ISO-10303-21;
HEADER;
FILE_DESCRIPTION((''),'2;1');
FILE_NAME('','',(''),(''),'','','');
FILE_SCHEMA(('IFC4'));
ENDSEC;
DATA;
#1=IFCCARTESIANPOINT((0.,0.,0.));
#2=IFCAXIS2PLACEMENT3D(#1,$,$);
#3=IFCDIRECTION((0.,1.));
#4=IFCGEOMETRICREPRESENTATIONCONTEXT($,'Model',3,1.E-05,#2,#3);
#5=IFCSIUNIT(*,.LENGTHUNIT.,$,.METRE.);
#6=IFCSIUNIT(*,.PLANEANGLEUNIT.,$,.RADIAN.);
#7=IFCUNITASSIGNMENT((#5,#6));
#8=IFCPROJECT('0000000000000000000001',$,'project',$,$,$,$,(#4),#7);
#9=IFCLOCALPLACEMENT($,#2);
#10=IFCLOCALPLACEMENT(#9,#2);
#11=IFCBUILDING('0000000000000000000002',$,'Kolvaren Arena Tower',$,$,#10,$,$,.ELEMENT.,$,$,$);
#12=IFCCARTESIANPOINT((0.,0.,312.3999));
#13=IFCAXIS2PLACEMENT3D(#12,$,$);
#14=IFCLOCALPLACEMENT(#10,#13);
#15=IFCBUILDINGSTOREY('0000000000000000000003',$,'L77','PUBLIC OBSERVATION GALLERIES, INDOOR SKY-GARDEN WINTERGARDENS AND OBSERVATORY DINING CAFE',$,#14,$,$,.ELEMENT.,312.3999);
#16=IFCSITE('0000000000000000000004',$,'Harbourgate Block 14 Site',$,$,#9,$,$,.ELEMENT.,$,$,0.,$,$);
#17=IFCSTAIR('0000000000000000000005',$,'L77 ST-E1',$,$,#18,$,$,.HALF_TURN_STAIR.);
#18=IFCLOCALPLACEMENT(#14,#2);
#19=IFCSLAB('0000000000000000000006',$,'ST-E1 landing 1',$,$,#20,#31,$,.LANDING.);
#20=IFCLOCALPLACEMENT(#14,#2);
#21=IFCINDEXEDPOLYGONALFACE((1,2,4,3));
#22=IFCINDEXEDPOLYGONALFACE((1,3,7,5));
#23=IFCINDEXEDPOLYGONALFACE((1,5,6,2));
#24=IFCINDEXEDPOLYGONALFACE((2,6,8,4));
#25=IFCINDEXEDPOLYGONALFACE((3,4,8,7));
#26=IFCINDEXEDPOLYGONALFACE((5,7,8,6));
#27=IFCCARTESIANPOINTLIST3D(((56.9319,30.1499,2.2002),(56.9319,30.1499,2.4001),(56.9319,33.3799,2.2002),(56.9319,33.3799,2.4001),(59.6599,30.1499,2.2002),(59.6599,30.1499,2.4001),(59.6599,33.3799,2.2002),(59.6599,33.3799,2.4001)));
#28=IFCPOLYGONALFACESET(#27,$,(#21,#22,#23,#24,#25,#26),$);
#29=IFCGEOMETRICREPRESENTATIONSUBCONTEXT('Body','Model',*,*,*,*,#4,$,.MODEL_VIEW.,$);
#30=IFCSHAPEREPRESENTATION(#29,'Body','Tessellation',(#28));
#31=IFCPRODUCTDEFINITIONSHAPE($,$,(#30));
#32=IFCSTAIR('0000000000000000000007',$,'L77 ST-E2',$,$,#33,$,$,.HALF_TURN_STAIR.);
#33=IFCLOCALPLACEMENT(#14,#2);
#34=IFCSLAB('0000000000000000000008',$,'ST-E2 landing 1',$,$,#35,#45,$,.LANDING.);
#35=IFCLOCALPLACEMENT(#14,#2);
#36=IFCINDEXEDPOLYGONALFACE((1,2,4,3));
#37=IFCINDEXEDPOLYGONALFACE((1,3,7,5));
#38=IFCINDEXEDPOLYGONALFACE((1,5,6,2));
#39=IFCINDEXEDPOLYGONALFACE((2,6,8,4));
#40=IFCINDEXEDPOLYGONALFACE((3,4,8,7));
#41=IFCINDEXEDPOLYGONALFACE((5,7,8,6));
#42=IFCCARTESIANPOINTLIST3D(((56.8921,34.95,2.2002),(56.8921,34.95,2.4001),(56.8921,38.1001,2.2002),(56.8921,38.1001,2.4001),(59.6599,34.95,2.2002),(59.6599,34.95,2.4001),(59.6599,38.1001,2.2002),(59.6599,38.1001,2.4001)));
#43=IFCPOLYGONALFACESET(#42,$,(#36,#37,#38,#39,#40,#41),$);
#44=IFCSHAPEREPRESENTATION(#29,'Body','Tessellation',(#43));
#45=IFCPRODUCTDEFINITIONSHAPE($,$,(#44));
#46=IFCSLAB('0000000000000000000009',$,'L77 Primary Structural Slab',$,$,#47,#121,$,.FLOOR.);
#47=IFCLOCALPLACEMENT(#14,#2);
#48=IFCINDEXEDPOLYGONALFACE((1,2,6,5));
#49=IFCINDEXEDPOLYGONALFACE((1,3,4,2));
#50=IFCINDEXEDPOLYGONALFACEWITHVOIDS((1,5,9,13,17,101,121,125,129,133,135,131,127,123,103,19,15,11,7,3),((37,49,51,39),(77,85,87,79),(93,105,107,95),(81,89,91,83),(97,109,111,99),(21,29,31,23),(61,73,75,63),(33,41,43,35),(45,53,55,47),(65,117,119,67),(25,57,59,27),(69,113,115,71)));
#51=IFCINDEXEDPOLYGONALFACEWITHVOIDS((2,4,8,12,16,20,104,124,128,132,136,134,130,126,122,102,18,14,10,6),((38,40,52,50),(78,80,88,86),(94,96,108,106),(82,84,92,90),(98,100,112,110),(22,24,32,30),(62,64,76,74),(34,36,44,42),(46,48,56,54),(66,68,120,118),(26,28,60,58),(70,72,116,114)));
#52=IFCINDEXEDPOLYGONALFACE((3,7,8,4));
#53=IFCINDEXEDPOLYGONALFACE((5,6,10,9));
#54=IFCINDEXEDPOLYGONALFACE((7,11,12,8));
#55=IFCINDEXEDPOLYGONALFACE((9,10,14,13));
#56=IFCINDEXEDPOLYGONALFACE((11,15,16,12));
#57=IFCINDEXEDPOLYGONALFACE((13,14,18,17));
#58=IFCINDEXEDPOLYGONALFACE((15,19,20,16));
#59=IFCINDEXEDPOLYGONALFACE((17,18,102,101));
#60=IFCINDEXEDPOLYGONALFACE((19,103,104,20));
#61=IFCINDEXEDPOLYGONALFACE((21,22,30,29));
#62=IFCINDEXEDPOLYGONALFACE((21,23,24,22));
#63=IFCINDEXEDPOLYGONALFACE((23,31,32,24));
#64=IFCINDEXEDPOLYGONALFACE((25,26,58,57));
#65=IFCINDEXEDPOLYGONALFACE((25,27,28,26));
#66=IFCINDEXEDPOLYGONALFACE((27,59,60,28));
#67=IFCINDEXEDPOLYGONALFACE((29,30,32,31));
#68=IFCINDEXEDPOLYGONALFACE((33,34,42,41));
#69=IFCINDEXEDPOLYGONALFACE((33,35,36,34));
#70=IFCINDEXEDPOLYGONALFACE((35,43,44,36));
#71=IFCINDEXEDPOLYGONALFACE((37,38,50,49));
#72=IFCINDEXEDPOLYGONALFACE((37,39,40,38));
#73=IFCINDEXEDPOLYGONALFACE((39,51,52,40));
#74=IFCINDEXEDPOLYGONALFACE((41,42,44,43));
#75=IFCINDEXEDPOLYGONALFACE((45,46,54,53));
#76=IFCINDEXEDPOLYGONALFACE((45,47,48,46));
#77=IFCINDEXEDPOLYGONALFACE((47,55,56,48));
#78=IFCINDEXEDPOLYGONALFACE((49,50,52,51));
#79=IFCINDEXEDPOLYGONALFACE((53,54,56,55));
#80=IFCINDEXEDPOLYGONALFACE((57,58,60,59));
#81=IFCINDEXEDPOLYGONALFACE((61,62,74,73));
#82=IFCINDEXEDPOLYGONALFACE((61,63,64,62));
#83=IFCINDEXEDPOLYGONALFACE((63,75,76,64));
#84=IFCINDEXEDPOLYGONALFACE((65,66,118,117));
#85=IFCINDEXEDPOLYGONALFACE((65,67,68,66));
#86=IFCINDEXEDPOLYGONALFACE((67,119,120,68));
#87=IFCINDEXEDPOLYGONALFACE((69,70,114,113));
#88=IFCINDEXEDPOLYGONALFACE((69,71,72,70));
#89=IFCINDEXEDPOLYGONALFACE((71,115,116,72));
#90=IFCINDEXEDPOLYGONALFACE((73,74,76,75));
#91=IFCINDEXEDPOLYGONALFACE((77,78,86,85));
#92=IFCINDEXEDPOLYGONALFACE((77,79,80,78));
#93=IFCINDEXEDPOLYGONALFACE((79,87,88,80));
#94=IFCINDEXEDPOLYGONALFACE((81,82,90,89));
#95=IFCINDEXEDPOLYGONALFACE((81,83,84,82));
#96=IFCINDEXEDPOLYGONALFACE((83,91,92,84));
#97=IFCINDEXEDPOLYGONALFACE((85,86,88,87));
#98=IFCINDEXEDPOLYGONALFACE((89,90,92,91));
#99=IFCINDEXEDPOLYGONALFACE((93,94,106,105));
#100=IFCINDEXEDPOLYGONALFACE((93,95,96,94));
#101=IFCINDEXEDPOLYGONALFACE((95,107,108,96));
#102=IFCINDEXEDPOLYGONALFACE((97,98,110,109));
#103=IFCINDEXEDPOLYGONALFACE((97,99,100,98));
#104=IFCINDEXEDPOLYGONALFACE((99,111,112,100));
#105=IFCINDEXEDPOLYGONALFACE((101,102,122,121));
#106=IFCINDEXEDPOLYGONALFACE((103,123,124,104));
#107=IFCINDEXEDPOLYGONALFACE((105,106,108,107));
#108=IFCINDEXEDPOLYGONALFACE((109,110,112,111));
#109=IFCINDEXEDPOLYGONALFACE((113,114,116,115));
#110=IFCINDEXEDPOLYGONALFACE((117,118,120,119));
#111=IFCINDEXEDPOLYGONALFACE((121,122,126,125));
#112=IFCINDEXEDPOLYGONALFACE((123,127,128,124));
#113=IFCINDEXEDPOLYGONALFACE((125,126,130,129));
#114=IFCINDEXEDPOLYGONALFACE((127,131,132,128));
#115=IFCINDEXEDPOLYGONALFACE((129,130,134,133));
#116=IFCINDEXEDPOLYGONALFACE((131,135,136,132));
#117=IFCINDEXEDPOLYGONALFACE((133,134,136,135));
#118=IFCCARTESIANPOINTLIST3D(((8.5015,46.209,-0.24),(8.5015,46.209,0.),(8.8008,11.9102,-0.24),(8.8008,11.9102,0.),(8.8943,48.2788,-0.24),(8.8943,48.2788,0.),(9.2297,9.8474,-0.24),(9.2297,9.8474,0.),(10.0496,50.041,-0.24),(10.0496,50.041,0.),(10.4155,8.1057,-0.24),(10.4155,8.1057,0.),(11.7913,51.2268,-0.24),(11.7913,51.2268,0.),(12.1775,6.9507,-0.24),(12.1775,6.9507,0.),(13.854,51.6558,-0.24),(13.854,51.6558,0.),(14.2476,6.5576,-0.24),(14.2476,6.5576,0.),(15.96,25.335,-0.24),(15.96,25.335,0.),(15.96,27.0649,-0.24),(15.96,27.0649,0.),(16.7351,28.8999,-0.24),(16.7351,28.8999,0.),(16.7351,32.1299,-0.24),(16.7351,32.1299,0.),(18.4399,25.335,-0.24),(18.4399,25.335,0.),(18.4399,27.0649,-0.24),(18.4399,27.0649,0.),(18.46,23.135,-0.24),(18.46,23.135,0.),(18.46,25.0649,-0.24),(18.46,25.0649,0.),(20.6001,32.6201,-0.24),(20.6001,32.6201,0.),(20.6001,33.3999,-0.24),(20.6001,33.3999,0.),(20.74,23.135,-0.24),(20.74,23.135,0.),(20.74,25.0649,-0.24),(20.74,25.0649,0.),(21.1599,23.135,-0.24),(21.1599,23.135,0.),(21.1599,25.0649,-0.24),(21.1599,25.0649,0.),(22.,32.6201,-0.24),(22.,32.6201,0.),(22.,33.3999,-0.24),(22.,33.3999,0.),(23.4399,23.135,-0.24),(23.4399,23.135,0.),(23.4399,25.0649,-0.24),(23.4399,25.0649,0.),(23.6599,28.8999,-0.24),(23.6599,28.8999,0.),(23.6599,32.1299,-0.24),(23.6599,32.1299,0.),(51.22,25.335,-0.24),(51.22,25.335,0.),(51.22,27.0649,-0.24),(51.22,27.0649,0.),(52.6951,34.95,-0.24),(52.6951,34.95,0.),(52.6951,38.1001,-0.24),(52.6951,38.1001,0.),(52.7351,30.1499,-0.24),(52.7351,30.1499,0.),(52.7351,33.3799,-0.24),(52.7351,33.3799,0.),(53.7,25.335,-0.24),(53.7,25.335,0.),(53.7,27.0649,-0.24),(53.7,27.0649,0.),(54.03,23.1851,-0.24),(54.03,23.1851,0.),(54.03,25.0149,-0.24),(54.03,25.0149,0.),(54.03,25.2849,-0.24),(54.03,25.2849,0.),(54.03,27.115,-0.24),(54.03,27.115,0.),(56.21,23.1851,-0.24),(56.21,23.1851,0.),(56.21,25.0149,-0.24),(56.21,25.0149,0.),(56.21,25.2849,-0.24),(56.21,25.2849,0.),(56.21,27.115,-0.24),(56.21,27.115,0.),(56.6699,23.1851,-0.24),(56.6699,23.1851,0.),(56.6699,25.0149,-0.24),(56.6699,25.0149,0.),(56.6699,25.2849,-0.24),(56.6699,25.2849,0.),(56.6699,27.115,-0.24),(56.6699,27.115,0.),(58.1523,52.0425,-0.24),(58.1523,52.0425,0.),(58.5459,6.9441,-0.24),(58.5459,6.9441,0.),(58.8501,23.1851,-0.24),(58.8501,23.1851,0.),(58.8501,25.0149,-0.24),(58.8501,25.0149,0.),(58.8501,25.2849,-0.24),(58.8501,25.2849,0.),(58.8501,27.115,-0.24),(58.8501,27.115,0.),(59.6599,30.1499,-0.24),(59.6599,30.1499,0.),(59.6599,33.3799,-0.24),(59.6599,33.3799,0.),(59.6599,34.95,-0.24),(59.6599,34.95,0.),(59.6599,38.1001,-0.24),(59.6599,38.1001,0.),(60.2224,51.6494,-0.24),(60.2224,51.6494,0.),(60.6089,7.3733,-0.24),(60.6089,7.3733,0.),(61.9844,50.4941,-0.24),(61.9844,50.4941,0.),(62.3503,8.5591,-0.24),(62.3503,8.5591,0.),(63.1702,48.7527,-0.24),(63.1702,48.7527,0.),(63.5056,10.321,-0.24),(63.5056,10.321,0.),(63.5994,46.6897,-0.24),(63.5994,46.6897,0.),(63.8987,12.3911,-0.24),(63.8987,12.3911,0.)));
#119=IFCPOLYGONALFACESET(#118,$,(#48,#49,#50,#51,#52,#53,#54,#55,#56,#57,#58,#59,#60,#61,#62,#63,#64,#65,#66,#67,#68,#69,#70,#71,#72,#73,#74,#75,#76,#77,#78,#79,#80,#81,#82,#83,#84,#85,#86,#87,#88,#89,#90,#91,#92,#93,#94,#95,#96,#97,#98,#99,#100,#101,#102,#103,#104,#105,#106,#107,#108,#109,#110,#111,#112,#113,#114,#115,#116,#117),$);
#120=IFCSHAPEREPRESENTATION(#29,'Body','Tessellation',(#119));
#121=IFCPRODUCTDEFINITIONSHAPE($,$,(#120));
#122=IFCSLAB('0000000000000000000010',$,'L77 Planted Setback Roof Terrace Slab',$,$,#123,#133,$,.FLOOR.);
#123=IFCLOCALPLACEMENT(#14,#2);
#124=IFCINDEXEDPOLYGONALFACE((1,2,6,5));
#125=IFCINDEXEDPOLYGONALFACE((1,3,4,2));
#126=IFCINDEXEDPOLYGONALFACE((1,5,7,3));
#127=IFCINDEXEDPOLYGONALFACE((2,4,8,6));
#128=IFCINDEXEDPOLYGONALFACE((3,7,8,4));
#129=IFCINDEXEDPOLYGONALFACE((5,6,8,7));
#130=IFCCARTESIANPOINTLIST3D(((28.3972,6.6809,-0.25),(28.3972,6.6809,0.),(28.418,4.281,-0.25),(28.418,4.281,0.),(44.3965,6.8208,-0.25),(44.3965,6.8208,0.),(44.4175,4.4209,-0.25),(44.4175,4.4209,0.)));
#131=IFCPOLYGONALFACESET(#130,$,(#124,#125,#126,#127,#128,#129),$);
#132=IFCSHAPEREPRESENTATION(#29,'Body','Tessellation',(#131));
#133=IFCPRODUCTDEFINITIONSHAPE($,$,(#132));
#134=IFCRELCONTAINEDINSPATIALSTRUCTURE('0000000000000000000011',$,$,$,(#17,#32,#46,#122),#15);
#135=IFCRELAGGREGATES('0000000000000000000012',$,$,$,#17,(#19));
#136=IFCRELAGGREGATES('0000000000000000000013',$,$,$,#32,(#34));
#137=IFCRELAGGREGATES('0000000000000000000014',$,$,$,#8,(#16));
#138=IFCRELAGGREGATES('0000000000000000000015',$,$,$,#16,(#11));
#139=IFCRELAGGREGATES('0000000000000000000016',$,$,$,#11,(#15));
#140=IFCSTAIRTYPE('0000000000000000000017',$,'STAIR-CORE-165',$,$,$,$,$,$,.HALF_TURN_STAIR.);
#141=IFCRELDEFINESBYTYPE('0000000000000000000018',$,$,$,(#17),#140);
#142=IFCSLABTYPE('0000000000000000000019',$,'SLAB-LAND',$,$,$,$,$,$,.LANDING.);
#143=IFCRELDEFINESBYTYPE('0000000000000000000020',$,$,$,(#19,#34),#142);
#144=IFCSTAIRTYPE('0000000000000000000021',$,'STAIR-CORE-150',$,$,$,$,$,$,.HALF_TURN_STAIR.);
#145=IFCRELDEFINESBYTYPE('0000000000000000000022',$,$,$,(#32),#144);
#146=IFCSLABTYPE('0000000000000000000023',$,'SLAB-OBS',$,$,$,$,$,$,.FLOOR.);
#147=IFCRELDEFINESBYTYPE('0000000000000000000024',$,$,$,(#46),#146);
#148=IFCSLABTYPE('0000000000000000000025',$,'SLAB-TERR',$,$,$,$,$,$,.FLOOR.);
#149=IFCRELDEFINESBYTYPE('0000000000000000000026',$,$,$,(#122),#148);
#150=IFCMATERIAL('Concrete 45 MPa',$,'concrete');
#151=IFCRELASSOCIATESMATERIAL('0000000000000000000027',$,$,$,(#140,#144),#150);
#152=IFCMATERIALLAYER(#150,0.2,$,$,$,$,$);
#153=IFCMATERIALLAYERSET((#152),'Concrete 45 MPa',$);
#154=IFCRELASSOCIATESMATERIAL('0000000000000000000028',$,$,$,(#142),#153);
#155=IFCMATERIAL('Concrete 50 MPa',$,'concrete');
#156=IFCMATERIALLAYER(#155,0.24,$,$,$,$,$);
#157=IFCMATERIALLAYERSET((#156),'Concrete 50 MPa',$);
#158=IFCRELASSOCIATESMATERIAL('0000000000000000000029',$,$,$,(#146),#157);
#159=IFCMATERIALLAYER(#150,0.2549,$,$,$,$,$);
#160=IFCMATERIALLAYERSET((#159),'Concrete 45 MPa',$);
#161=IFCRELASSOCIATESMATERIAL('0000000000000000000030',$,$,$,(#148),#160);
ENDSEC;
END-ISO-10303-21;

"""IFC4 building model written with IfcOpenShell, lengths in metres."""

from ifc_helpers import new_model, si_unit, direction, frame, origin, place, context, subcontext, project, spatial, polyline, outline, extrude, material, layer, layer_set, type_object, element, aggregate, save


model = new_model("IFC4")

# Units and contexts
model_context = context("Model", 3, precision=1e-05, world=origin(), true_north=direction((0.0, 1.0)))
body_context = subcontext(model_context, "Body", "Model", "MODEL_VIEW")
ifc_project = project(units=[si_unit("LENGTHUNIT", "METRE"), si_unit("PLANEANGLEUNIT", "RADIAN")], contexts=[model_context])

# Site, building, storey
site_placement = place(None, origin())
site = spatial("IfcSite", under=ifc_project, at=site_placement, Name="Harbourgate Block 14 Site", CompositionType="ELEMENT", RefElevation=0.0)
building_placement = place(site_placement, origin())
building = spatial("IfcBuilding", under=site, at=building_placement, Name="Kolvaren Arena Tower", CompositionType="ELEMENT")
storey_placement = place(building_placement, frame((0.0, 0.0, 312.3999)))
storey = spatial("IfcBuildingStorey", under=building, at=storey_placement, Name="L77", Description="PUBLIC OBSERVATION GALLERIES, INDOOR SKY-GARDEN WINTERGARDENS AND OBSERVATORY DINING CAFE", CompositionType="ELEMENT", Elevation=312.3999)

# Stairs, slabs
ifc_material_1 = material(Name="Concrete 45 MPa", Category="concrete")
stair_type_1 = type_object("IfcStairType", Name="STAIR-CORE-165", PredefinedType="HALF_TURN_STAIR", material=ifc_material_1)
ifc_layer_1 = layer(ifc_material_1, 0.2)
ifc_layer_set_1 = layer_set([ifc_layer_1], Name="Concrete 45 MPa")
slab_type_1 = type_object("IfcSlabType", Name="SLAB-LAND", PredefinedType="LANDING", material=ifc_layer_set_1)
stair_1_placement = place(storey_placement, origin())
stair_1 = element("IfcStair", 1, at=stair_1_placement, inside=storey, type_object=stair_type_1, Name="L77 ST-E1", PredefinedType="HALF_TURN_STAIR")
slab_1_placement = place(storey_placement, frame((0.0, 0.0, 2.2002)))
slab_1 = element("IfcSlab", 2, at=slab_1_placement, type_object=slab_type_1, Name="ST-E1 landing 1", PredefinedType="LANDING", context=body_context, shape_type="SweptSolid", body=[
    extrude(outline(polyline([(56.9319, 30.1499), (59.6599, 30.1499), (59.6599, 33.3799), (56.9319, 33.3799), (56.9319, 30.1499)])), origin(), (0.0, 0.0, 1.0), 0.2),
])
aggregate(stair_1, [slab_1])
stair_type_2 = type_object("IfcStairType", Name="STAIR-CORE-150", PredefinedType="HALF_TURN_STAIR", material=ifc_material_1)
stair_2_placement = place(storey_placement, origin())
stair_2 = element("IfcStair", 3, at=stair_2_placement, inside=storey, type_object=stair_type_2, Name="L77 ST-E2", PredefinedType="HALF_TURN_STAIR")
slab_2_placement = place(storey_placement, frame((0.0, 0.0, 2.2002)))
slab_2 = element("IfcSlab", 4, at=slab_2_placement, type_object=slab_type_1, Name="ST-E2 landing 1", PredefinedType="LANDING", context=body_context, shape_type="SweptSolid", body=[
    extrude(outline(polyline([(56.8921, 34.95), (59.6599, 34.95), (59.6599, 38.1001), (56.8921, 38.1001), (56.8921, 34.95)])), origin(), (0.0, 0.0, 1.0), 0.2),
])
aggregate(stair_2, [slab_2])

# Slabs
ifc_material_2 = material(Name="Concrete 50 MPa", Category="concrete")
ifc_layer_2 = layer(ifc_material_2, 0.24)
ifc_layer_set_2 = layer_set([ifc_layer_2], Name="Concrete 50 MPa")
slab_type_2 = type_object("IfcSlabType", Name="SLAB-OBS", PredefinedType="FLOOR", material=ifc_layer_set_2)
slab_3_placement = place(storey_placement, frame((0.0, 0.0, -0.24)))
element("IfcSlab", 5, at=slab_3_placement, inside=storey, type_object=slab_type_2, Name="L77 Primary Structural Slab", PredefinedType="FLOOR", context=body_context, shape_type="SweptSolid", body=[
    extrude(outline(polyline([(58.5459, 6.9441), (60.6089, 7.3733), (62.3503, 8.5591), (63.5056, 10.321), (63.8987, 12.3911), (63.5994, 46.6897), (63.1702, 48.7527), (61.9844, 50.4941), (60.2224, 51.6494), (58.1523, 52.0425), (13.854, 51.6558), (11.7913, 51.2268), (10.0496, 50.041), (8.8943, 48.2788), (8.5015, 46.209), (8.8008, 11.9102), (9.2297, 9.8474), (10.4155, 8.1057), (12.1775, 6.9507), (14.2476, 6.5576), (58.5459, 6.9441)]), holes=[polyline([(20.74, 23.135), (18.46, 23.135), (18.46, 25.0649), (20.74, 25.0649), (20.74, 23.135)]), polyline([(21.1599, 23.135), (21.1599, 25.0649), (23.4399, 25.0649), (23.4399, 23.135), (21.1599, 23.135)]), polyline([(56.21, 23.1851), (54.03, 23.1851), (54.03, 25.0149), (56.21, 25.0149), (56.21, 23.1851)]), polyline([(56.6699, 23.1851), (56.6699, 25.0149), (58.8501, 25.0149), (58.8501, 23.1851), (56.6699, 23.1851)]), polyline([(54.03, 25.2849), (54.03, 27.115), (56.21, 27.115), (56.21, 25.2849), (54.03, 25.2849)]), polyline([(58.8501, 25.2849), (56.6699, 25.2849), (56.6699, 27.115), (58.8501, 27.115), (58.8501, 25.2849)]), polyline([(15.96, 25.335), (15.96, 27.0649), (18.4399, 27.0649), (18.4399, 25.335), (15.96, 25.335)]), polyline([(53.7, 25.335), (51.22, 25.335), (51.22, 27.0649), (53.7, 27.0649), (53.7, 25.335)]), polyline([(16.7351, 28.8999), (16.7351, 32.1299), (23.6599, 32.1299), (23.6599, 28.8999), (16.7351, 28.8999)]), polyline([(52.7351, 30.1499), (52.7351, 33.3799), (59.6599, 33.3799), (59.6599, 30.1499), (52.7351, 30.1499)]), polyline([(20.6001, 32.6201), (20.6001, 33.3999), (22.0, 33.3999), (22.0, 32.6201), (20.6001, 32.6201)]), polyline([(52.6951, 34.95), (52.6951, 38.1001), (59.6599, 38.1001), (59.6599, 34.95), (52.6951, 34.95)])]), origin(), (0.0, 0.0, 1.0), 0.24),
])
ifc_layer_3 = layer(ifc_material_1, 0.2549)
ifc_layer_set_3 = layer_set([ifc_layer_3], Name="Concrete 45 MPa")
slab_type_3 = type_object("IfcSlabType", Name="SLAB-TERR", PredefinedType="FLOOR", material=ifc_layer_set_3)
slab_4_placement = place(storey_placement, frame((0.0, 0.0, -0.25)))
element("IfcSlab", 6, at=slab_4_placement, inside=storey, type_object=slab_type_3, Name="L77 Planted Setback Roof Terrace Slab", PredefinedType="FLOOR", context=body_context, shape_type="SweptSolid", body=[
    extrude(outline(polyline([(28.418, 4.281), (44.4175, 4.4209), (44.3965, 6.8208), (28.3972, 6.6809), (28.418, 4.281)])), origin(), (0.0, 0.0, 1.0), 0.25),
])

save(model, "model.ifc")
